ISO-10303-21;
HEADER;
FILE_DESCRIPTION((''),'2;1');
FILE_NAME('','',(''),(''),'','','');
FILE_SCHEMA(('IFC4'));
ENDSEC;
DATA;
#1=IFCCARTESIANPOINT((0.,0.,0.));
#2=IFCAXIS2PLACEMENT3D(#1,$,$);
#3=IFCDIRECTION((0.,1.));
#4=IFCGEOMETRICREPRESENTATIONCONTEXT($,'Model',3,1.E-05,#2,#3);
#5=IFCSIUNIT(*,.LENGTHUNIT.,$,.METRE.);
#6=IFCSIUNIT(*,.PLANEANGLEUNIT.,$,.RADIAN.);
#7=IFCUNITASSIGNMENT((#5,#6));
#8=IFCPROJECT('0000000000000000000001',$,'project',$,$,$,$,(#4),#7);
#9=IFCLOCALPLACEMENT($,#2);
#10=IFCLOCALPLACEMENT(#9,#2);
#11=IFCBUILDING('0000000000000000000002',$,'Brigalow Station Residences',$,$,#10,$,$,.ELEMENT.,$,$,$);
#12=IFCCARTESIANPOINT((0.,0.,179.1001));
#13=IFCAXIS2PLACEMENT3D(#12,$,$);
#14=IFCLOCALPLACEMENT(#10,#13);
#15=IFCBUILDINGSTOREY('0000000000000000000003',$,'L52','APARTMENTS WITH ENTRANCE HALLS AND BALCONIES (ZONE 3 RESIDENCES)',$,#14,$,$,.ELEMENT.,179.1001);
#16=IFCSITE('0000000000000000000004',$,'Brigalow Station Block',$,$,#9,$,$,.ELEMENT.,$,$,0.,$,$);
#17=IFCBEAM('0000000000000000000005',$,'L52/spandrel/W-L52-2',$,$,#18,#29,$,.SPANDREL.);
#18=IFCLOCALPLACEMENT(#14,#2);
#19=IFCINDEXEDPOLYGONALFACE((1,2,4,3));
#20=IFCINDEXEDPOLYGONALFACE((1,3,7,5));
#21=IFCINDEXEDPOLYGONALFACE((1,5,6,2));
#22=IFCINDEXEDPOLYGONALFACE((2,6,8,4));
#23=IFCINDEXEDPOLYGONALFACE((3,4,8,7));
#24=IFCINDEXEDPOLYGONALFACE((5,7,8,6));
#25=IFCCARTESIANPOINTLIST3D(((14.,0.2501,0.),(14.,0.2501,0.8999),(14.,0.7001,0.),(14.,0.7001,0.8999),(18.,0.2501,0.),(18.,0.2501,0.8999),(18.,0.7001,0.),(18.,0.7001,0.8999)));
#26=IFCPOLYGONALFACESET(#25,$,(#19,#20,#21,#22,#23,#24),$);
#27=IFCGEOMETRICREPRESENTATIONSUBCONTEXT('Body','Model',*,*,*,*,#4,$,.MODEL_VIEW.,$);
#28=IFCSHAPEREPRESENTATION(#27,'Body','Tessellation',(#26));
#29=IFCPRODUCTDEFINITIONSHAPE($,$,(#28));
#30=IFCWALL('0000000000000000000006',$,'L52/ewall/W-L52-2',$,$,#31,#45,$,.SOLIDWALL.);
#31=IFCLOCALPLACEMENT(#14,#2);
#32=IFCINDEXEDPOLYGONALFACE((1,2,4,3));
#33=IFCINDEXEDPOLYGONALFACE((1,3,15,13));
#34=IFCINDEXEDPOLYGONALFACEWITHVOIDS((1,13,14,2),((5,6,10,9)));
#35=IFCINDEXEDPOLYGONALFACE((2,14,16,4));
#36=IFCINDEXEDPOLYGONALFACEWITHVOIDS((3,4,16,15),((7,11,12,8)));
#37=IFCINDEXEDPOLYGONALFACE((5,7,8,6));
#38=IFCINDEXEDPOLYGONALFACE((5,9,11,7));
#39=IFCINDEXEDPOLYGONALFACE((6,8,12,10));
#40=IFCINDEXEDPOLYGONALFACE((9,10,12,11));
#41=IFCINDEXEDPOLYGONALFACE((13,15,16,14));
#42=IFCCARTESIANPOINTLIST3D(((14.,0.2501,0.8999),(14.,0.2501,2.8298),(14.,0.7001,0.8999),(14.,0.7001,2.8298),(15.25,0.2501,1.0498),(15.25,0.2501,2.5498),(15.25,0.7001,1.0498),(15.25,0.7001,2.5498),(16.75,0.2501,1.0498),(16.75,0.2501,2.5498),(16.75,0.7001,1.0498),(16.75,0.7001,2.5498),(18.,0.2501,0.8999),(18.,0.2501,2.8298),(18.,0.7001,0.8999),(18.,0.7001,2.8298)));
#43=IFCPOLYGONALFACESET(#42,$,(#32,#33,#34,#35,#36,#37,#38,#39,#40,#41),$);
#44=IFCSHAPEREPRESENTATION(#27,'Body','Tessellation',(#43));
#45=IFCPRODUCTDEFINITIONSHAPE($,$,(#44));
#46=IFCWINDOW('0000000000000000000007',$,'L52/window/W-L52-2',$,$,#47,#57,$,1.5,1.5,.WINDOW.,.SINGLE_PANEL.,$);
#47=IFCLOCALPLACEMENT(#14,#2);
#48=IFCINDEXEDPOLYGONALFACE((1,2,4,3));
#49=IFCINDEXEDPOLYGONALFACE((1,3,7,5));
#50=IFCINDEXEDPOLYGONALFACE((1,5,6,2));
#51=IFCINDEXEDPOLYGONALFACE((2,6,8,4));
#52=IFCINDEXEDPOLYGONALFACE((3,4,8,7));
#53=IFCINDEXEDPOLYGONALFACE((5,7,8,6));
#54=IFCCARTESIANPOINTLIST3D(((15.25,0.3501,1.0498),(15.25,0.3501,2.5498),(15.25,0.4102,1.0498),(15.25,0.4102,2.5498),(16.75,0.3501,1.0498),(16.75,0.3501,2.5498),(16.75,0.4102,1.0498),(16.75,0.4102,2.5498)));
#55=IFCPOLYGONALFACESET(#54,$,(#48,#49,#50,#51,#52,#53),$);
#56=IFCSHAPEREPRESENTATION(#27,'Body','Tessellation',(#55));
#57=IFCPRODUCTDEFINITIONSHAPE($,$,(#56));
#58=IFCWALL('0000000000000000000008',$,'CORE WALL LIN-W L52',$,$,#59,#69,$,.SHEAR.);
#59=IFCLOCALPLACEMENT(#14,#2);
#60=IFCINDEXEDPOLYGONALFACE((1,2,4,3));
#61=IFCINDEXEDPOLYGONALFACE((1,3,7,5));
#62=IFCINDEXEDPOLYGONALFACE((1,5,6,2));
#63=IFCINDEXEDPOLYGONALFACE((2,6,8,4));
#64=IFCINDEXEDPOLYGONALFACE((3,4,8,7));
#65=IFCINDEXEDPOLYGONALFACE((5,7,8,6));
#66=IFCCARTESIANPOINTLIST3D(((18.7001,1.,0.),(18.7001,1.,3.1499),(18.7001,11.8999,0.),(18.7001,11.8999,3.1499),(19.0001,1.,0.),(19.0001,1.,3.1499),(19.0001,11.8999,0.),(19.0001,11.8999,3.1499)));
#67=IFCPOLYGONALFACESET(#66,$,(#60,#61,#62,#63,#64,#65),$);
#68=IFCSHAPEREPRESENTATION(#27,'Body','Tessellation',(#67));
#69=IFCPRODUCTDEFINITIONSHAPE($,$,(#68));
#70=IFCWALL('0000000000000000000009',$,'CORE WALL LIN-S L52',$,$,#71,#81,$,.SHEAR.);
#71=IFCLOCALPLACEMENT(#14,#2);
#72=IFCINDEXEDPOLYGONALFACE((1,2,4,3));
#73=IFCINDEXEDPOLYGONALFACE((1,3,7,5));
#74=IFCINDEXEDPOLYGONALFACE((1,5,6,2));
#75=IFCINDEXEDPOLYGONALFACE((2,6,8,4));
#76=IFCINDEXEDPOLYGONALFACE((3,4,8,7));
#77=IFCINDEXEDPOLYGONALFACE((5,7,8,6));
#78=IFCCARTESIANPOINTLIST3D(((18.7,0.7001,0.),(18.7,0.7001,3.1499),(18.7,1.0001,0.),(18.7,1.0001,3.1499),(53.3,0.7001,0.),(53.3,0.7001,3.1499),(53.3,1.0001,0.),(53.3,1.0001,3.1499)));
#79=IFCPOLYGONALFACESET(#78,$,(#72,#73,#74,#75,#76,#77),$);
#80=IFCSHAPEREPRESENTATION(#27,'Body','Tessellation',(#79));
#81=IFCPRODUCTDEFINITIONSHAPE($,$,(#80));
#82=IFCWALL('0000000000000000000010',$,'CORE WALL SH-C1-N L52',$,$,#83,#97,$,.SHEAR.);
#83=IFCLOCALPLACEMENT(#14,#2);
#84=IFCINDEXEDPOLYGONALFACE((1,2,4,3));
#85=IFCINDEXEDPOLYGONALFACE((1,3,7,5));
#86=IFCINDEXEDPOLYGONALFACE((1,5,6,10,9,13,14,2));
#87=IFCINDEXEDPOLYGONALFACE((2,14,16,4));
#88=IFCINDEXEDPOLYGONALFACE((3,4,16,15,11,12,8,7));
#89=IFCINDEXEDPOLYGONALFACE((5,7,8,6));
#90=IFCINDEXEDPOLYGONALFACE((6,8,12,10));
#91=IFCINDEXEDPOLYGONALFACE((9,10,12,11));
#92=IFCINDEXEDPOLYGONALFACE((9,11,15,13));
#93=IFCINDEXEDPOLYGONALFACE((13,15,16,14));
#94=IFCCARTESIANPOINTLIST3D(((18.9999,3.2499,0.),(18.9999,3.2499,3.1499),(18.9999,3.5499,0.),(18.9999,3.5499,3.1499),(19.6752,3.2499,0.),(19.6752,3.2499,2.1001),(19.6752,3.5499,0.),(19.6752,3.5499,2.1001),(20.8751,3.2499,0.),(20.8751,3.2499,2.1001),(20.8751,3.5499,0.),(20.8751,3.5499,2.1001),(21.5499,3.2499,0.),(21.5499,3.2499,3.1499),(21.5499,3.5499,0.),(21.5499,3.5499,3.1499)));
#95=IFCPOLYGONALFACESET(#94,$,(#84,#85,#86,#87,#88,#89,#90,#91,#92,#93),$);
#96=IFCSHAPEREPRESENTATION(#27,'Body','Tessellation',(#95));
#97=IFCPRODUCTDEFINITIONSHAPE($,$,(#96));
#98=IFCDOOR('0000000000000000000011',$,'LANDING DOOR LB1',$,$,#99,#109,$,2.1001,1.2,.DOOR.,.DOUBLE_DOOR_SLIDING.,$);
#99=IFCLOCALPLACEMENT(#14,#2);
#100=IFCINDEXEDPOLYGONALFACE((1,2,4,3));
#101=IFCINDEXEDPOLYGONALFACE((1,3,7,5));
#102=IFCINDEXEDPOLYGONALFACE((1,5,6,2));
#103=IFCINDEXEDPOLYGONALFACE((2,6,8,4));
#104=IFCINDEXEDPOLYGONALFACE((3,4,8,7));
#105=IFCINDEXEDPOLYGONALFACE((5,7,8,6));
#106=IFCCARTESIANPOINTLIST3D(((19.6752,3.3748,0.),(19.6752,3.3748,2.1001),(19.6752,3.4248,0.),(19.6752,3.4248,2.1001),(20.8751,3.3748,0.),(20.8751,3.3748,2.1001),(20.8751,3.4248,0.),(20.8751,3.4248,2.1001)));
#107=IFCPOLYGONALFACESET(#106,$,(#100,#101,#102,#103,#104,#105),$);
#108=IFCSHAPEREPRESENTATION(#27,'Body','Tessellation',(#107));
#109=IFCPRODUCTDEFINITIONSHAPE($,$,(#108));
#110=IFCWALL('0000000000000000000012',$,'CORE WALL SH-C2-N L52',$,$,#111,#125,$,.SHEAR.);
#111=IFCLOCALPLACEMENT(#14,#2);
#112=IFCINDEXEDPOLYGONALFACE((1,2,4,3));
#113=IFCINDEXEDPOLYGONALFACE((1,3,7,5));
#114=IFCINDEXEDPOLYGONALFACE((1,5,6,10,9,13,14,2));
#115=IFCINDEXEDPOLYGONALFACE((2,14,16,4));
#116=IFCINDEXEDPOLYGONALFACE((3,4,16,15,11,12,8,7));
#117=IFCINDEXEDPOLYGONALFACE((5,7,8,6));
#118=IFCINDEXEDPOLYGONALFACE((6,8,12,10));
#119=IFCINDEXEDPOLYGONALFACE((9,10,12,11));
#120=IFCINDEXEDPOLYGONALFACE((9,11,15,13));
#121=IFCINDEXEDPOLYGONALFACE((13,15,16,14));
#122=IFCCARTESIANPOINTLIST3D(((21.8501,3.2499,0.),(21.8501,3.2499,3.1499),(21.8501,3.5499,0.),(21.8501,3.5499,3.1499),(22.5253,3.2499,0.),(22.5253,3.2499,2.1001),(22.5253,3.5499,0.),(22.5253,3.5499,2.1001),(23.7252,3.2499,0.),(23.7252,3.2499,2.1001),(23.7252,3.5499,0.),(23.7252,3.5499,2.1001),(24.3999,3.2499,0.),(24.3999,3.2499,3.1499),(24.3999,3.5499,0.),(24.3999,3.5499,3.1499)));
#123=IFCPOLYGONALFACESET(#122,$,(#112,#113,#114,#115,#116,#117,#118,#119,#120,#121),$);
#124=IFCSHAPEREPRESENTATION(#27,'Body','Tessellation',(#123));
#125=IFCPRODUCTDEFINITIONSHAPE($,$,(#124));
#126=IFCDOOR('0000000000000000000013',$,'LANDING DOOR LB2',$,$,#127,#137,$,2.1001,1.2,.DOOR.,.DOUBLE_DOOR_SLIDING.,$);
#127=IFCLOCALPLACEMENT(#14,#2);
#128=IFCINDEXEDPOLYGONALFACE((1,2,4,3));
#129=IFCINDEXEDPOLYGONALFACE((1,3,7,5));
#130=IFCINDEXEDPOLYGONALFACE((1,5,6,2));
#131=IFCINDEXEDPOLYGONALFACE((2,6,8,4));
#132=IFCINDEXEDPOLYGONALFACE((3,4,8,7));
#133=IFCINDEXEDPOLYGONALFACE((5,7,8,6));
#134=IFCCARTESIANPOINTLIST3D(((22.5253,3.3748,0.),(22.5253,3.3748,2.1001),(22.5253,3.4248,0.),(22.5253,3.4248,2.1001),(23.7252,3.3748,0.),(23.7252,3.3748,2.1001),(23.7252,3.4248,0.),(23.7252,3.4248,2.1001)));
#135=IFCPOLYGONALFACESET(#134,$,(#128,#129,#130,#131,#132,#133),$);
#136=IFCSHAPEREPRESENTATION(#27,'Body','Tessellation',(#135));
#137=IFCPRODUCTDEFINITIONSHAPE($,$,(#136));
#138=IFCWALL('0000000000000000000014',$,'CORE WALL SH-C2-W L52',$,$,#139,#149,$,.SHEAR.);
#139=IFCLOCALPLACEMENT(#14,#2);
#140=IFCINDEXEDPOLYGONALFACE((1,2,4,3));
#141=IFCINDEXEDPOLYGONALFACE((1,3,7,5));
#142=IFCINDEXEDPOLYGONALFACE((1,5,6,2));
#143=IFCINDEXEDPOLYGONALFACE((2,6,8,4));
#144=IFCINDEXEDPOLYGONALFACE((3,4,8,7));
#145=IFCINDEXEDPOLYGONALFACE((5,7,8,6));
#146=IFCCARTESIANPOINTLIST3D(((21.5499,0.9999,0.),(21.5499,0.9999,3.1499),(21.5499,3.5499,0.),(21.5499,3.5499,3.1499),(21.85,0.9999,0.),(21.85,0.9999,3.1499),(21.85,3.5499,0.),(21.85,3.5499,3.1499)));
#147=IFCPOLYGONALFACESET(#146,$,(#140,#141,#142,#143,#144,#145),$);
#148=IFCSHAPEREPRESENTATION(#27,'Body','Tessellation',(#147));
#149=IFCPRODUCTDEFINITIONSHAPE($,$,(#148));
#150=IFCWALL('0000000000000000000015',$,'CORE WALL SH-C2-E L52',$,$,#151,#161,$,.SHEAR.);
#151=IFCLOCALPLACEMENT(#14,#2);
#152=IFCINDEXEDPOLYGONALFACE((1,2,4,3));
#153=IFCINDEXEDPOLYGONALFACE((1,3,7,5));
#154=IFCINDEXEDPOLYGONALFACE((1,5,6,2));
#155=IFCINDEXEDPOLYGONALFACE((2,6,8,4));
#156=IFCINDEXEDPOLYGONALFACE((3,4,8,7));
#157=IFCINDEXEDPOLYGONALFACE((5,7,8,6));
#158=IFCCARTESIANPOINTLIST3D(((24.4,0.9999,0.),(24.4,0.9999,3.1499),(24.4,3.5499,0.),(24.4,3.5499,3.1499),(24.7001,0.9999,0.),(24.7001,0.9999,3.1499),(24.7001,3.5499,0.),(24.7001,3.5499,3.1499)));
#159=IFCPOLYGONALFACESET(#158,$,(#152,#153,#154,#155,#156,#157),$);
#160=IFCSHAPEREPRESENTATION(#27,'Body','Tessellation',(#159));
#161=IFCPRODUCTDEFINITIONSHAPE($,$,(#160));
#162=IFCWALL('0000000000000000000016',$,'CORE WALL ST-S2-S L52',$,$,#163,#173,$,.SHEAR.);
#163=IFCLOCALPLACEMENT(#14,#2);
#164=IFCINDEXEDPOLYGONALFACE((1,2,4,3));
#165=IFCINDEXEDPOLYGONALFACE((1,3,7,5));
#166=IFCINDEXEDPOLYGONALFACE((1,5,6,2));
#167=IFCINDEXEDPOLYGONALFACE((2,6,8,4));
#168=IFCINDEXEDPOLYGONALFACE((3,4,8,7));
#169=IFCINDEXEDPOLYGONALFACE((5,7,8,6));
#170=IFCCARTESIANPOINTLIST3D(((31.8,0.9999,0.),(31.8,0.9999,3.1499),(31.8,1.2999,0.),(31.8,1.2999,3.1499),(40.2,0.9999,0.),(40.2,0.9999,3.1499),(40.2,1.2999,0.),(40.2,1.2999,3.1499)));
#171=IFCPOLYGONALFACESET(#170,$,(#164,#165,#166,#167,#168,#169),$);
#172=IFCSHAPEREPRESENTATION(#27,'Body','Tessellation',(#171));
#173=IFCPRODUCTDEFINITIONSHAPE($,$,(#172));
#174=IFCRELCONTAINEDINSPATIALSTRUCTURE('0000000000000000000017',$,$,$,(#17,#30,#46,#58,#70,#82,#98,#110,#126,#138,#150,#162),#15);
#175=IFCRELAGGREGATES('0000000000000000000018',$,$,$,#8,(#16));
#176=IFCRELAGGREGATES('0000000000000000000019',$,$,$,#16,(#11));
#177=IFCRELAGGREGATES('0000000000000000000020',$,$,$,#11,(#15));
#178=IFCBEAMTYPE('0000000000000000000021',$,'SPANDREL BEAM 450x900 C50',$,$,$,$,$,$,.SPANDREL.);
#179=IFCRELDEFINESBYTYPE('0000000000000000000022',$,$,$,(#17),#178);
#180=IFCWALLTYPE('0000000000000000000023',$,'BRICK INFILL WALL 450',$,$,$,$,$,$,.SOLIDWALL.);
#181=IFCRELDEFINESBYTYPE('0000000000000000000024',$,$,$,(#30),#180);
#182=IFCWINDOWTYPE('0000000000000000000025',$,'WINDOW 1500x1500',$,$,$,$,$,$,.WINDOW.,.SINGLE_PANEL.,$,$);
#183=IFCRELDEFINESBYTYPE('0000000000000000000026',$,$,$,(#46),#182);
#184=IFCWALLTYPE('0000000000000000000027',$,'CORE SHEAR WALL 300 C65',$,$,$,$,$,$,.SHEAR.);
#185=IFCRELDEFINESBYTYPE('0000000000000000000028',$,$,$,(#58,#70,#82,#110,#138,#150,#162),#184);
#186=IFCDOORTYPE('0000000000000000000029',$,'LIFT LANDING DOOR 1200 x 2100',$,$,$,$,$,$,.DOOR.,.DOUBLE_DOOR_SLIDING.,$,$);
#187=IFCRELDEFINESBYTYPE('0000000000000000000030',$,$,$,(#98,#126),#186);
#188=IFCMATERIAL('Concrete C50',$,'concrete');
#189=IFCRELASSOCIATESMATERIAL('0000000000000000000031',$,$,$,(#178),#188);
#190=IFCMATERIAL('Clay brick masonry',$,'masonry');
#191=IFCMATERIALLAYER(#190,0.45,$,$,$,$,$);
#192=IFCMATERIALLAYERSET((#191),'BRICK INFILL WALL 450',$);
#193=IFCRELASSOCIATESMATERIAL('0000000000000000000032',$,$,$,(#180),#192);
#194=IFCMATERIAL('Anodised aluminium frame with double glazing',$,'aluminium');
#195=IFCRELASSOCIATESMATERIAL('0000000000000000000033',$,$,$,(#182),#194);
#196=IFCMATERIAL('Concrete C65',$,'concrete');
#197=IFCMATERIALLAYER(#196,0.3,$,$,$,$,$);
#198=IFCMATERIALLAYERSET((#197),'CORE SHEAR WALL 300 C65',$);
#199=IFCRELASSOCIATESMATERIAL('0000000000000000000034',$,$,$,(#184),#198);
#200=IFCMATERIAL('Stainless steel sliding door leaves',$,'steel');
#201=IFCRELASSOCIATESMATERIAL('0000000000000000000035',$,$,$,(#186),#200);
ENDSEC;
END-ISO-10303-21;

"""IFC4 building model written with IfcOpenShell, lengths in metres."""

from ifc_helpers import new_model, si_unit, direction, frame, frame_2d, origin, origin_2d, place, context, subcontext, project, spatial, rectangle, extrude, material, layer, layer_set, material_profile, profile_set, type_object, element, fill, save


model = new_model("IFC4")

# Units and contexts
model_context = context("Model", 3, precision=1e-05, world=origin(), true_north=direction((0.0, 1.0)))
body_context = subcontext(model_context, "Body", "Model", "MODEL_VIEW")
ifc_project = project(units=[si_unit("LENGTHUNIT", "METRE"), si_unit("PLANEANGLEUNIT", "RADIAN")], contexts=[model_context])

# Site, building, storey
site_placement = place(None, origin())
site = spatial("IfcSite", under=ifc_project, at=site_placement, Name="Brigalow Station Block", CompositionType="ELEMENT", RefElevation=0.0)
building_placement = place(site_placement, origin())
building = spatial("IfcBuilding", under=site, at=building_placement, Name="Brigalow Station Residences", CompositionType="ELEMENT")
storey_placement = place(building_placement, frame((0.0, 0.0, 179.1001)))
storey = spatial("IfcBuildingStorey", under=building, at=storey_placement, Name="L52", Description="APARTMENTS WITH ENTRANCE HALLS AND BALCONIES (ZONE 3 RESIDENCES)", CompositionType="ELEMENT", Elevation=179.1001)

# Beam
ifc_material_1 = material(Name="Concrete C50", Category="concrete")
ifc_material_profile = material_profile(ifc_material_1, rectangle(XDim=0.45, YDim=0.8999, at=origin_2d()), Name="RC450x900")
ifc_profile_set = profile_set([ifc_material_profile], Name="Concrete C50")
beam_type = type_object("IfcBeamType", Name="SPANDREL BEAM 450x900 C50", PredefinedType="SPANDREL", material=ifc_profile_set)
beam_placement = place(storey_placement, frame((14.0, 0.4751, 0.45), z_axis=(1.0, 0.0, 0.0), x_axis=(0.0, 1.0, 0.0)))
element("IfcBeam", 1, at=beam_placement, inside=storey, type_object=beam_type, Name="L52/spandrel/W-L52-2", PredefinedType="SPANDREL", context=body_context, shape_type="SweptSolid", body=[
    extrude(rectangle(XDim=0.45, YDim=0.8999, at=origin_2d()), origin(), (0.0, 0.0, 1.0), 4.0),
])

# Wall, opening, window
ifc_material_2 = material(Name="Clay brick masonry", Category="masonry")
ifc_layer_1 = layer(ifc_material_2, 0.45)
ifc_layer_set_1 = layer_set([ifc_layer_1], Name="BRICK INFILL WALL 450")
wall_type_1 = type_object("IfcWallType", Name="BRICK INFILL WALL 450", PredefinedType="SOLIDWALL", material=ifc_layer_set_1)
wall_1_placement = place(storey_placement, frame((14.0, 0.4751, 0.8999), z_axis=(0.0, 0.0, 1.0), x_axis=(1.0, 0.0, 0.0)))
wall_1 = element("IfcWall", 2, at=wall_1_placement, inside=storey, type_object=wall_type_1, Name="L52/ewall/W-L52-2", PredefinedType="SOLIDWALL", context=body_context, shape_type="SweptSolid", body=[
    extrude(rectangle(XDim=4.0, YDim=0.45, at=frame_2d((2.0, 0.0))), origin(), (0.0, 0.0, 1.0), 1.9299),
])
opening_1_placement = place(wall_1_placement, frame((1.25, 0.0, 0.1499)))
opening_1 = element("IfcOpeningElement", 3, at=opening_1_placement, cuts=wall_1, PredefinedType="OPENING", context=body_context, shape_type="SweptSolid", body=[
    extrude(rectangle(XDim=1.5, YDim=1.5, at=frame_2d((0.75, 0.75))), frame((0.0, 0.2349, 0.0), z_axis=(0.0, -1.0, 0.0), x_axis=(1.0, 0.0, 0.0)), (0.0, 0.0, 1.0), 0.47),
])
ifc_material_3 = material(Name="Anodised aluminium frame with double glazing", Category="aluminium")
window_type = type_object("IfcWindowType", Name="WINDOW 1500x1500", PartitioningType="SINGLE_PANEL", PredefinedType="WINDOW", material=ifc_material_3)
window_placement = place(opening_1_placement, origin())
window = element("IfcWindow", 4, at=window_placement, inside=storey, type_object=window_type, Name="L52/window/W-L52-2", OverallHeight=1.5, OverallWidth=1.5, PartitioningType="SINGLE_PANEL", PredefinedType="WINDOW", context=body_context, shape_type="SweptSolid", body=[
    extrude(rectangle(XDim=1.5, YDim=1.5, at=frame_2d((0.75, 0.75))), frame((0.0, -0.0649, 0.0), z_axis=(0.0, -1.0, 0.0), x_axis=(1.0, 0.0, 0.0)), (0.0, 0.0, 1.0), 0.0601),
])
fill(opening_1, window)

# Walls
ifc_material_4 = material(Name="Concrete C65", Category="concrete")
ifc_layer_2 = layer(ifc_material_4, 0.3)
ifc_layer_set_2 = layer_set([ifc_layer_2], Name="CORE SHEAR WALL 300 C65")
wall_type_2 = type_object("IfcWallType", Name="CORE SHEAR WALL 300 C65", PredefinedType="SHEAR", material=ifc_layer_set_2)
wall_2_placement = place(storey_placement, frame((18.8501, 1.0, 0.0), z_axis=(0.0, 0.0, 1.0), x_axis=(0.0, 1.0, 0.0)))
element("IfcWall", 5, at=wall_2_placement, inside=storey, type_object=wall_type_2, Name="CORE WALL LIN-W L52", PredefinedType="SHEAR", context=body_context, shape_type="SweptSolid", body=[
    extrude(rectangle(XDim=10.8999, YDim=0.3, at=frame_2d((5.45, 0.0))), origin(), (0.0, 0.0, 1.0), 3.1499),
])
wall_3_placement = place(storey_placement, frame((18.7, 0.8501, 0.0), z_axis=(0.0, 0.0, 1.0), x_axis=(1.0, 0.0, 0.0)))
element("IfcWall", 6, at=wall_3_placement, inside=storey, type_object=wall_type_2, Name="CORE WALL LIN-S L52", PredefinedType="SHEAR", context=body_context, shape_type="SweptSolid", body=[
    extrude(rectangle(XDim=34.6001, YDim=0.3, at=frame_2d((17.3, 0.0))), origin(), (0.0, 0.0, 1.0), 3.1499),
])

# Walls, openings, doors
wall_4_placement = place(storey_placement, frame((19.0, 3.3999, 0.0), z_axis=(0.0, 0.0, 1.0), x_axis=(1.0, 0.0, 0.0)))
wall_4 = element("IfcWall", 7, at=wall_4_placement, inside=storey, type_object=wall_type_2, Name="CORE WALL SH-C1-N L52", PredefinedType="SHEAR", context=body_context, shape_type="SweptSolid", body=[
    extrude(rectangle(XDim=2.55, YDim=0.3, at=frame_2d((1.2749, 0.0))), origin(), (0.0, 0.0, 1.0), 3.1499),
])
opening_2_placement = place(wall_4_placement, frame((0.675, 0.0, 0.0)))
opening_2 = element("IfcOpeningElement", 8, at=opening_2_placement, cuts=wall_4, PredefinedType="OPENING", context=body_context, shape_type="SweptSolid", body=[
    extrude(rectangle(XDim=1.2, YDim=2.1001, at=frame_2d((0.6001, 1.05))), frame((0.0, 0.1602, 0.0), z_axis=(0.0, -1.0, 0.0), x_axis=(1.0, 0.0, 0.0)), (0.0, 0.0, 1.0), 0.3201),
])
ifc_material_5 = material(Name="Stainless steel sliding door leaves", Category="steel")
door_type = type_object("IfcDoorType", Name="LIFT LANDING DOOR 1200 x 2100", OperationType="DOUBLE_DOOR_SLIDING", PredefinedType="DOOR", material=ifc_material_5)
door_1_placement = place(opening_2_placement, origin())
door_1 = element("IfcDoor", 9, at=door_1_placement, inside=storey, type_object=door_type, Name="LANDING DOOR LB1", OperationType="DOUBLE_DOOR_SLIDING", OverallHeight=2.1001, OverallWidth=1.2, PredefinedType="DOOR", context=body_context, shape_type="SweptSolid", body=[
    extrude(rectangle(XDim=1.2, YDim=2.1001, at=frame_2d((0.6001, 1.05))), frame((0.0, 0.0249, 0.0), z_axis=(0.0, -1.0, 0.0), x_axis=(1.0, 0.0, 0.0)), (0.0, 0.0, 1.0), 0.05),
])
fill(opening_2, door_1)
wall_5_placement = place(storey_placement, frame((21.8501, 3.3999, 0.0), z_axis=(0.0, 0.0, 1.0), x_axis=(1.0, 0.0, 0.0)))
wall_5 = element("IfcWall", 10, at=wall_5_placement, inside=storey, type_object=wall_type_2, Name="CORE WALL SH-C2-N L52", PredefinedType="SHEAR", context=body_context, shape_type="SweptSolid", body=[
    extrude(rectangle(XDim=2.5498, YDim=0.3, at=frame_2d((1.2749, 0.0))), origin(), (0.0, 0.0, 1.0), 3.1499),
])
opening_3_placement = place(wall_5_placement, frame((0.675, 0.0, 0.0)))
opening_3 = element("IfcOpeningElement", 11, at=opening_3_placement, cuts=wall_5, PredefinedType="OPENING", context=body_context, shape_type="SweptSolid", body=[
    extrude(rectangle(XDim=1.2, YDim=2.1001, at=frame_2d((0.6001, 1.05))), frame((0.0, 0.1602, 0.0), z_axis=(0.0, -1.0, 0.0), x_axis=(1.0, 0.0, 0.0)), (0.0, 0.0, 1.0), 0.3201),
])
door_2_placement = place(opening_3_placement, origin())
door_2 = element("IfcDoor", 12, at=door_2_placement, inside=storey, type_object=door_type, Name="LANDING DOOR LB2", OperationType="DOUBLE_DOOR_SLIDING", OverallHeight=2.1001, OverallWidth=1.2, PredefinedType="DOOR", context=body_context, shape_type="SweptSolid", body=[
    extrude(rectangle(XDim=1.2, YDim=2.1001, at=frame_2d((0.6001, 1.05))), frame((0.0, 0.0249, 0.0), z_axis=(0.0, -1.0, 0.0), x_axis=(1.0, 0.0, 0.0)), (0.0, 0.0, 1.0), 0.05),
])
fill(opening_3, door_2)

# Walls
for number, where, z_axis, x_axis, name in (
    (13, (21.7, 1.0, 0.0), (0.0, 0.0, 1.0), (0.0, 1.0, 0.0), "CORE WALL SH-C2-W L52"),
    (14, (24.55, 1.0, 0.0), (0.0, 0.0, 1.0), (0.0, 1.0, 0.0), "CORE WALL SH-C2-E L52"),
):
    element("IfcWall", number, at=place(storey_placement, frame(where, z_axis=z_axis, x_axis=x_axis)), inside=storey, type_object=wall_type_2, Name=name, PredefinedType="SHEAR", context=body_context, shape_type="SweptSolid", body=[
        extrude(rectangle(XDim=2.55, YDim=0.3, at=frame_2d((1.2749, 0.0))), origin(), (0.0, 0.0, 1.0), 3.1499),
    ])
wall_6_placement = place(storey_placement, frame((31.8, 1.1499, 0.0), z_axis=(0.0, 0.0, 1.0), x_axis=(1.0, 0.0, 0.0)))
element("IfcWall", 15, at=wall_6_placement, inside=storey, type_object=wall_type_2, Name="CORE WALL ST-S2-S L52", PredefinedType="SHEAR", context=body_context, shape_type="SweptSolid", body=[
    extrude(rectangle(XDim=8.3999, YDim=0.3, at=frame_2d((4.2, 0.0))), origin(), (0.0, 0.0, 1.0), 3.1499),
])

save(model, "model.ifc")
